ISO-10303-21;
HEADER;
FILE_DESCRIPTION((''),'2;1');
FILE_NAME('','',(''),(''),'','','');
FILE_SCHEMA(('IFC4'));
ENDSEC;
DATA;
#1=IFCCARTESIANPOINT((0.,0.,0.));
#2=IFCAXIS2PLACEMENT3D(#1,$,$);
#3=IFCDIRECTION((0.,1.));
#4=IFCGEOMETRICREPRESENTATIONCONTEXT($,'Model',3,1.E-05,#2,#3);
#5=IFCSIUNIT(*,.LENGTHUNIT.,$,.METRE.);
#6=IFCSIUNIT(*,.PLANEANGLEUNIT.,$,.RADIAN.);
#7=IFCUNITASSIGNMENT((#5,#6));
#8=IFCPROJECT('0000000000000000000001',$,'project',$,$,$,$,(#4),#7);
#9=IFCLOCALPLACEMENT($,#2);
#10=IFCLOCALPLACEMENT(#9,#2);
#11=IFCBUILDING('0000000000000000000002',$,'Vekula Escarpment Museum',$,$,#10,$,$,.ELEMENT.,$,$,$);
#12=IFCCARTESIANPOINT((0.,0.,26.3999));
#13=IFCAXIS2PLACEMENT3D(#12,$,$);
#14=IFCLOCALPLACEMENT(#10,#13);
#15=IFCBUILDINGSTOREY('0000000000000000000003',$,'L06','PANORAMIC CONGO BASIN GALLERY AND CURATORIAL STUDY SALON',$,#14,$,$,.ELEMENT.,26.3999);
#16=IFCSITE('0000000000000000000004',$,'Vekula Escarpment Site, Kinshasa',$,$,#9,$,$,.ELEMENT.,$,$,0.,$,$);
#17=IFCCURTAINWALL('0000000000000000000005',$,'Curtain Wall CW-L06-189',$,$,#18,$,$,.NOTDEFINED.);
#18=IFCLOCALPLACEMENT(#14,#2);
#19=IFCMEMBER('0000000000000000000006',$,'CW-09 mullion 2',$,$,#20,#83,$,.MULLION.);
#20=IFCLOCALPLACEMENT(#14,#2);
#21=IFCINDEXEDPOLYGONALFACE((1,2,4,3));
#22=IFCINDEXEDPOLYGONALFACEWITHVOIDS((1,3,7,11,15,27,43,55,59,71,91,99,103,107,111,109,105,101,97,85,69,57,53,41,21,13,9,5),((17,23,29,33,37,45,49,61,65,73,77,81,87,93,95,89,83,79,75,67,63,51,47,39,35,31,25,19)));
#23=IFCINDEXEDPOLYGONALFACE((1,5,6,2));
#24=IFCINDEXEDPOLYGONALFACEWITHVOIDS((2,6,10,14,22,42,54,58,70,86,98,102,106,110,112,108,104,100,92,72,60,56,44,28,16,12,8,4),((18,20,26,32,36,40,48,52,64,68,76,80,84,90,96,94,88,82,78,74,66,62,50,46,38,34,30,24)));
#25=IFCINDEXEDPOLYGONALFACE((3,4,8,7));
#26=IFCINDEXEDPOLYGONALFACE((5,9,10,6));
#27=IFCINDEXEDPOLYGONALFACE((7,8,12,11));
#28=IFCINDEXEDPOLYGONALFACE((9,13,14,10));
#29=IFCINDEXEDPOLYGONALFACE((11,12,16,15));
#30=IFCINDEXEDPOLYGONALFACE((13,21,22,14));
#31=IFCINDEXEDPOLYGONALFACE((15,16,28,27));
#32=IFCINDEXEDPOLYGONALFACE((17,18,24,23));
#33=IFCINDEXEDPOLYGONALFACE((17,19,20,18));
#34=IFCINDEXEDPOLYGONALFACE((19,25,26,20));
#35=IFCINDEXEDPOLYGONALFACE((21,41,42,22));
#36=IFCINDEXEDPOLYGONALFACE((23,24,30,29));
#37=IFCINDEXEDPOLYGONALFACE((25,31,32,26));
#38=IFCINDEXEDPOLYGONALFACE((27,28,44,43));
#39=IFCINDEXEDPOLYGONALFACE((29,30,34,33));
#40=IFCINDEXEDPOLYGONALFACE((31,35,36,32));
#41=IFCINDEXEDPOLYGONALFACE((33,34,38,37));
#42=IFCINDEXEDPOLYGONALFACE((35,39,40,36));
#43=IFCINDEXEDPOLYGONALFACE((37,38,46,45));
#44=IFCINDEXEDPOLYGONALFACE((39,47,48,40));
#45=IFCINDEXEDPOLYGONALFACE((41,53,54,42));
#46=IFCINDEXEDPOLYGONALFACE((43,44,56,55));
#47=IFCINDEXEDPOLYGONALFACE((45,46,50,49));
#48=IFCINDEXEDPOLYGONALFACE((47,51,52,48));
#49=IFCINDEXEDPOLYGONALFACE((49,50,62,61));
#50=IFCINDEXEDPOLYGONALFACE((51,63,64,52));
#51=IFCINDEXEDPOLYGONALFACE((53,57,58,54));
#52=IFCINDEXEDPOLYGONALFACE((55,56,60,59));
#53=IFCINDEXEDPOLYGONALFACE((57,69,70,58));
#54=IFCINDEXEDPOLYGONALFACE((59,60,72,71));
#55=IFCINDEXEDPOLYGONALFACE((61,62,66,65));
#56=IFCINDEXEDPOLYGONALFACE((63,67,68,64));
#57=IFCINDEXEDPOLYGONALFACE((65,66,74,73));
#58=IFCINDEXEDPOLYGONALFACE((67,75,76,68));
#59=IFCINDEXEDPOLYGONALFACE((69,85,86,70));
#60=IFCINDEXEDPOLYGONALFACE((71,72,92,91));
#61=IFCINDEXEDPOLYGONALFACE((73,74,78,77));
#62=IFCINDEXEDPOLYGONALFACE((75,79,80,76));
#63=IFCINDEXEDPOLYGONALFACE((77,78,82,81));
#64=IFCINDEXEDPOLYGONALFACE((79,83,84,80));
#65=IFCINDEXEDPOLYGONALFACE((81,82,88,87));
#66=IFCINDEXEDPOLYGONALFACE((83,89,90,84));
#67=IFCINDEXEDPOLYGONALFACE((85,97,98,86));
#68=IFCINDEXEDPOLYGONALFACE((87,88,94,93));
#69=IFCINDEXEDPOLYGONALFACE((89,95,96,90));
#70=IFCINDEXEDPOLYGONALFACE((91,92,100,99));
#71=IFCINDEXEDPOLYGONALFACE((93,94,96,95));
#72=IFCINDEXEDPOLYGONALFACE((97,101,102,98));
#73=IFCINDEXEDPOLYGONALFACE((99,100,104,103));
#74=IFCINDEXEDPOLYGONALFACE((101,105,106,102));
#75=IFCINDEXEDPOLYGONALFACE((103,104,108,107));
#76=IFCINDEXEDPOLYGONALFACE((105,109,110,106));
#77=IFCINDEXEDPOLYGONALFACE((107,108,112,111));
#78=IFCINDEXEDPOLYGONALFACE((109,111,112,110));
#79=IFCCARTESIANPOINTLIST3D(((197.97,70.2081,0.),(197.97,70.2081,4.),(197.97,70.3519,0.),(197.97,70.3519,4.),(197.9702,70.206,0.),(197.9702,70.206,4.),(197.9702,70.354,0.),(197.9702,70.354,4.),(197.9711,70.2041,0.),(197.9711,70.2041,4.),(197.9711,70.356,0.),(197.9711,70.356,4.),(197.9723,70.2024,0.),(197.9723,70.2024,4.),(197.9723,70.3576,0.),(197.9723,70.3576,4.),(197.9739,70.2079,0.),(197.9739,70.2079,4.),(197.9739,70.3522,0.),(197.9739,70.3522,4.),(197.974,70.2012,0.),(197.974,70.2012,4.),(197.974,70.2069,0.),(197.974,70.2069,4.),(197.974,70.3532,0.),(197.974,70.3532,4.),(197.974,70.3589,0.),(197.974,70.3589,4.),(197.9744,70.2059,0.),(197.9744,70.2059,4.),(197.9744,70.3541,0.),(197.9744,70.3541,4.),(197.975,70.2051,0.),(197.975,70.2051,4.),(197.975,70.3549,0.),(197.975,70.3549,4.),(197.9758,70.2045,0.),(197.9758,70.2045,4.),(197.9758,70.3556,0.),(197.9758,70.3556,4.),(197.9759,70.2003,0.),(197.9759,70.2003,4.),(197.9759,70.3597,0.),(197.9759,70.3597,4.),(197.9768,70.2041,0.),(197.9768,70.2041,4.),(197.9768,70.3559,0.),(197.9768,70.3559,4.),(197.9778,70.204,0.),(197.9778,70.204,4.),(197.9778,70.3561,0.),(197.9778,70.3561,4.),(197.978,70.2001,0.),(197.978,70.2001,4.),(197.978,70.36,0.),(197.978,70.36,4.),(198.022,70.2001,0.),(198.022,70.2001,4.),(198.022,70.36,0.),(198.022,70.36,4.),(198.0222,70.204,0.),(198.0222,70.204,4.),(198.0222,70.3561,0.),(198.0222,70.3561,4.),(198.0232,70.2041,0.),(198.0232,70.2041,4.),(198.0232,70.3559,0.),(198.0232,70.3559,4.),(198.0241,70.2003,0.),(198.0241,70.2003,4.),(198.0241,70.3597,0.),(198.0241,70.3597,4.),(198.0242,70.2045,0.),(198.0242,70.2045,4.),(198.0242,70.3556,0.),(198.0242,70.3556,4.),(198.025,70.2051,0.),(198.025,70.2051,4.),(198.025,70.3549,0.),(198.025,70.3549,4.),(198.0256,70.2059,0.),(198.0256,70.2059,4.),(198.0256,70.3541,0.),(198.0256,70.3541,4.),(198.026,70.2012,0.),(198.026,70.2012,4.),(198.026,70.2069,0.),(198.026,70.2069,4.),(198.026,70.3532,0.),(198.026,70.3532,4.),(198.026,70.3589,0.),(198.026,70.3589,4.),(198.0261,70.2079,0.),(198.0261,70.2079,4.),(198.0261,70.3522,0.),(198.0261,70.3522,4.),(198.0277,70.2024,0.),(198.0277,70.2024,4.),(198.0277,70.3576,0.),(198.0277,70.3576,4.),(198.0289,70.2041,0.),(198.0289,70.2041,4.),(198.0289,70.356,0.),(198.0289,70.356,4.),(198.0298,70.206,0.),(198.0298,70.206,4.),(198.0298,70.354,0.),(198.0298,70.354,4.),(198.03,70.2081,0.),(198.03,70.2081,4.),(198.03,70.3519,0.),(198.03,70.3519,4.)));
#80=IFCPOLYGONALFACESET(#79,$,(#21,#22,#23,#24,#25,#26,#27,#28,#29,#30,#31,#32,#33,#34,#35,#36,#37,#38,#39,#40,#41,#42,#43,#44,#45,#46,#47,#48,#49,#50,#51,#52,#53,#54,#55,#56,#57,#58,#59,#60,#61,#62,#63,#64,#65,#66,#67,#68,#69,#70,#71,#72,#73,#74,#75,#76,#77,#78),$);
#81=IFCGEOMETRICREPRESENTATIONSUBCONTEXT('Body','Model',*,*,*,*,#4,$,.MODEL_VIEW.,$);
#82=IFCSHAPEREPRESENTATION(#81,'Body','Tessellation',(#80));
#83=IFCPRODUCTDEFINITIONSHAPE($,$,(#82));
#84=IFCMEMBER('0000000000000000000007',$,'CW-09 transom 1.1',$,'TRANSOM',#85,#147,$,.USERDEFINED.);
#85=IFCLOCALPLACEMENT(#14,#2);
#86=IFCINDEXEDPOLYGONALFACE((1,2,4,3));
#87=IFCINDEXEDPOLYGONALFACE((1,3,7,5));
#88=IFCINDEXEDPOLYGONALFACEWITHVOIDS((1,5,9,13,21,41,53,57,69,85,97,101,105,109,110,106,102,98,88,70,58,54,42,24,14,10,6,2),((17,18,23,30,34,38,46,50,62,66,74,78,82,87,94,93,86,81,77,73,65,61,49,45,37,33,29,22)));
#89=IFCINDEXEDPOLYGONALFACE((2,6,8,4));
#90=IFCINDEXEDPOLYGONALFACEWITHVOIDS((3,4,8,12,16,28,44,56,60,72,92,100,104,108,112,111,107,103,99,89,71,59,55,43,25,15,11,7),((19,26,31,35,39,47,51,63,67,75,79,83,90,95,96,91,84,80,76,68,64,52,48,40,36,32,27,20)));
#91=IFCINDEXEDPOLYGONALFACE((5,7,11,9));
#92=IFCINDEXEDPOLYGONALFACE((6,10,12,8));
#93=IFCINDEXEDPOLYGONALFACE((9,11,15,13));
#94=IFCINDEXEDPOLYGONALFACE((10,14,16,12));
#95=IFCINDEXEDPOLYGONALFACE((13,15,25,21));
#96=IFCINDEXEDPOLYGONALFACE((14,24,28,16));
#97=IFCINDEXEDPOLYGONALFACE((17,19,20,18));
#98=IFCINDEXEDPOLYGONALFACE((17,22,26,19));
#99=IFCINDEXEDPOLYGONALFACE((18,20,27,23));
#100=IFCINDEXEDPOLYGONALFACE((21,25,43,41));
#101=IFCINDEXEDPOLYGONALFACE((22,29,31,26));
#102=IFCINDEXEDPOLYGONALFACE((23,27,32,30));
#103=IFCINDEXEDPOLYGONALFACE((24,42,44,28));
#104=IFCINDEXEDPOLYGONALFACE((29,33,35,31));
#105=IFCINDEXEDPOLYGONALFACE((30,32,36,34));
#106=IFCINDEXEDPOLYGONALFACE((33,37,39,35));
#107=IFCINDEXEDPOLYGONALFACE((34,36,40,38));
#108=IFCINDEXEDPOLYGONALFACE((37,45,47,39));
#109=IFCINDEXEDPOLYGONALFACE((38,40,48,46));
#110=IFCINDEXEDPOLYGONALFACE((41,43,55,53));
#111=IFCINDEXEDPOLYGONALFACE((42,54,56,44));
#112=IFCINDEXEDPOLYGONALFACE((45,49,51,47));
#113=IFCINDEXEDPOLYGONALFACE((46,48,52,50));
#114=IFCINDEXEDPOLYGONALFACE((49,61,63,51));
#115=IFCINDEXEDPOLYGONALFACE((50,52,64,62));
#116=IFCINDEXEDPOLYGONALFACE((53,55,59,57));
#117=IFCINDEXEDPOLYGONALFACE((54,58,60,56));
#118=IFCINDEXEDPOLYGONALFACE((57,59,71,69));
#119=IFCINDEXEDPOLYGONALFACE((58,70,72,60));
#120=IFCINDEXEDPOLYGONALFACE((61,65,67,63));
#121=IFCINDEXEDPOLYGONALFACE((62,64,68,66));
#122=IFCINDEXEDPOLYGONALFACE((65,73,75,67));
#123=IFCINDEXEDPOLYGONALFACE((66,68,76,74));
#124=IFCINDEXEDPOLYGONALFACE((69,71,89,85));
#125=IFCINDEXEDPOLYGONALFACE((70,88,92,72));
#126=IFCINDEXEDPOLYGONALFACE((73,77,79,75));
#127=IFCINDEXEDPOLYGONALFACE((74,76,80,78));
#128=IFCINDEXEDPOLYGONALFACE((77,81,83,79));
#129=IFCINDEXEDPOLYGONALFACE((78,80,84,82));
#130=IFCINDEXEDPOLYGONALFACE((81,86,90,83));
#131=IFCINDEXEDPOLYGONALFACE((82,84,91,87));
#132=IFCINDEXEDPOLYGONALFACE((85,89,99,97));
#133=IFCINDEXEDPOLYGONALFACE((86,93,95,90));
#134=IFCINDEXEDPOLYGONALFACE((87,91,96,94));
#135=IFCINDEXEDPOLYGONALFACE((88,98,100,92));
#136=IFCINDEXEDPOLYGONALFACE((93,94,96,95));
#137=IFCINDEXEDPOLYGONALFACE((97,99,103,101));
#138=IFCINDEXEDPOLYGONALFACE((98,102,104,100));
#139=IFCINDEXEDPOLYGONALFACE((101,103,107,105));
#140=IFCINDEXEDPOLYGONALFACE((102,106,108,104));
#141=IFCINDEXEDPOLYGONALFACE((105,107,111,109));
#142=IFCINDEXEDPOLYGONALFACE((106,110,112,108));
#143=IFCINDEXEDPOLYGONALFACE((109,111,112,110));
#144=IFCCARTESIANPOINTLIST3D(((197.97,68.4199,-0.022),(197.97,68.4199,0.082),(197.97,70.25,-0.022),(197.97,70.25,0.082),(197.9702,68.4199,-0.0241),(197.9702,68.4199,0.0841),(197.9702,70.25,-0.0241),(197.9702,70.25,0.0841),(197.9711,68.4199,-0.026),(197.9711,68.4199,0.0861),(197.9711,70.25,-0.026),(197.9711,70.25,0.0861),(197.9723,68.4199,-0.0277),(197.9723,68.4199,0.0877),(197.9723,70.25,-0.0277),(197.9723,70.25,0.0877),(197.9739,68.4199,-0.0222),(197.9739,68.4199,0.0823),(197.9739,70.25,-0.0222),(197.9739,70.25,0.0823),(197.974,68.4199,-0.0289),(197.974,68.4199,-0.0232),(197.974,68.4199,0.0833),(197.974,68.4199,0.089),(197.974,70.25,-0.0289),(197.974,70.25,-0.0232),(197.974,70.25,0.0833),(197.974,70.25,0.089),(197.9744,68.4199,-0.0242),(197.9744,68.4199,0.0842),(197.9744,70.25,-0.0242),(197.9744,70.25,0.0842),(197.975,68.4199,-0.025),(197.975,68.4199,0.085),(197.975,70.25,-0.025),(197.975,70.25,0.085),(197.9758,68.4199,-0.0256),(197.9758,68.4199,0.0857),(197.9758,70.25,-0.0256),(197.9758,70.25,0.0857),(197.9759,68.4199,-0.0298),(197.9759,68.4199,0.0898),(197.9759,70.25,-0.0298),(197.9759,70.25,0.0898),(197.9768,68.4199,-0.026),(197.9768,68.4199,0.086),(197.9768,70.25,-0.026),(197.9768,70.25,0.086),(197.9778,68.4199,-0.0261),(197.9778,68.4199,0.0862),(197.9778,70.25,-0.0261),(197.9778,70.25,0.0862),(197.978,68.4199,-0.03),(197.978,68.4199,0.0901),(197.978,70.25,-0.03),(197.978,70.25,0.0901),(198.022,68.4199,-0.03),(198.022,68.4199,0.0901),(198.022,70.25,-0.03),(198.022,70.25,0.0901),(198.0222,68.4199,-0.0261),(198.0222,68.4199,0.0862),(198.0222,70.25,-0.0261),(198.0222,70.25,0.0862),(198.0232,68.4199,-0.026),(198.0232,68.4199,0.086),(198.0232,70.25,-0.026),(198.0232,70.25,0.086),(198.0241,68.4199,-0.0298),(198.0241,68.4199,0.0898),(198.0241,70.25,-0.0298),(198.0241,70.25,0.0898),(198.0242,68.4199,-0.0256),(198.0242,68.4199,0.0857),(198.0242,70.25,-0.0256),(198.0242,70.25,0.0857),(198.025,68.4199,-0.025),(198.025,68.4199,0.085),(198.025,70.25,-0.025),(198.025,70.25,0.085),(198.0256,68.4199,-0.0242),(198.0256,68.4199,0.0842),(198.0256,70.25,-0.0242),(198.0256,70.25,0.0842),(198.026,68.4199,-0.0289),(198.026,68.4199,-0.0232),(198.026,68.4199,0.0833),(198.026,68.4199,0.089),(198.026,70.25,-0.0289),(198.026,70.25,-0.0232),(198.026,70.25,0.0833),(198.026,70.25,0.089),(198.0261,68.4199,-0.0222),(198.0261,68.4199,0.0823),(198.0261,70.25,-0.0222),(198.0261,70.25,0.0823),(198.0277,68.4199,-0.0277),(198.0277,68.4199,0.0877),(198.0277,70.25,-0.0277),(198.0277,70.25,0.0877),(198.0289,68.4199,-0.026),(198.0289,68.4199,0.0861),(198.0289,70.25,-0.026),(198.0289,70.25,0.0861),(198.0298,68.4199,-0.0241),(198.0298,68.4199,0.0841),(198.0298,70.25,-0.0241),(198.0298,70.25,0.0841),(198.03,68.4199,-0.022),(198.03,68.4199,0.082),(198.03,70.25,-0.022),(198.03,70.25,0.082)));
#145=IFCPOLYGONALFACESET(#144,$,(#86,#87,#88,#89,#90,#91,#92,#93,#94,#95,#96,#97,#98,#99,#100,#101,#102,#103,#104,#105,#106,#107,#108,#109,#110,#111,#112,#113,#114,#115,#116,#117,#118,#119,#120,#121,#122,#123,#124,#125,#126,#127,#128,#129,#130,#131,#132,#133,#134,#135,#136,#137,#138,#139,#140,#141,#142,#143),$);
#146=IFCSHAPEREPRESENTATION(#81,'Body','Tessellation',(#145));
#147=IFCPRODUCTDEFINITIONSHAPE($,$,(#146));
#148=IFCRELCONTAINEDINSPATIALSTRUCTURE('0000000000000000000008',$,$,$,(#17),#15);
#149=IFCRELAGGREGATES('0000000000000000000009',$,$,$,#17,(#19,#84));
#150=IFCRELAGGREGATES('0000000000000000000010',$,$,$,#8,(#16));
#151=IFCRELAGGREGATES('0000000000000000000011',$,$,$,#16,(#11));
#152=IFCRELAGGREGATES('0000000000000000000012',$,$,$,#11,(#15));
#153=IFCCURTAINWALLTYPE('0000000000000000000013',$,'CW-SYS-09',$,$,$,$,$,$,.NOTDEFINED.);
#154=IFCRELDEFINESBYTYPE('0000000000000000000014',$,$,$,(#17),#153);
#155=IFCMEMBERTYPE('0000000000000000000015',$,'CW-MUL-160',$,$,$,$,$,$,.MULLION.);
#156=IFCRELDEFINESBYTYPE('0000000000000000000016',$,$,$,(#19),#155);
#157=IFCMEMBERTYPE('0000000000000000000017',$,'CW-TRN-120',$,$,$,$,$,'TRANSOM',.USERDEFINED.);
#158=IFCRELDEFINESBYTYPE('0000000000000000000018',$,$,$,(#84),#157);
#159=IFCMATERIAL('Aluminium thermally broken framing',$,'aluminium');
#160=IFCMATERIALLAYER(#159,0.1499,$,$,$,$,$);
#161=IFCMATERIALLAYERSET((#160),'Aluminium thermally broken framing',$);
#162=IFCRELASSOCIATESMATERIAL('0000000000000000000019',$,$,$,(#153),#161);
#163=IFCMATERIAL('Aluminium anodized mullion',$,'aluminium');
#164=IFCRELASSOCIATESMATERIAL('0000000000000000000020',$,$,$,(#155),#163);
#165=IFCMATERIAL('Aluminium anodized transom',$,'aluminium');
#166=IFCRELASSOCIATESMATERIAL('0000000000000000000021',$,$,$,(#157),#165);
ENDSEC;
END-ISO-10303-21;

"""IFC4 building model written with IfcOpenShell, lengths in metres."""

from ifc_helpers import new_model, si_unit, direction, frame, origin, origin_2d, place, context, subcontext, project, spatial, hollow_rectangle, extrude, material, layer, layer_set, material_profile, profile_set, type_object, element, aggregate, save


model = new_model("IFC4")

# Units and contexts
model_context = context("Model", 3, precision=1e-05, world=origin(), true_north=direction((0.0, 1.0)))
body_context = subcontext(model_context, "Body", "Model", "MODEL_VIEW")
ifc_project = project(units=[si_unit("LENGTHUNIT", "METRE"), si_unit("PLANEANGLEUNIT", "RADIAN")], contexts=[model_context])

# Site, building, storey
site_placement = place(None, origin())
site = spatial("IfcSite", under=ifc_project, at=site_placement, Name="Vekula Escarpment Site, Kinshasa", CompositionType="ELEMENT", RefElevation=0.0)
building_placement = place(site_placement, origin())
building = spatial("IfcBuilding", under=site, at=building_placement, Name="Vekula Escarpment Museum", CompositionType="ELEMENT")
storey_placement = place(building_placement, frame((0.0, 0.0, 26.3999)))
storey = spatial("IfcBuildingStorey", under=building, at=storey_placement, Name="L06", Description="PANORAMIC CONGO BASIN GALLERY AND CURATORIAL STUDY SALON", CompositionType="ELEMENT", Elevation=26.3999)

# Curtain wall, members
ifc_material_1 = material(Name="Aluminium thermally broken framing", Category="aluminium")
ifc_layer_1 = layer(ifc_material_1, 0.1499)
ifc_layer_set_1 = layer_set([ifc_layer_1], Name="Aluminium thermally broken framing")
curtain_wall_type = type_object("IfcCurtainWallType", Name="CW-SYS-09", PredefinedType="NOTDEFINED", material=ifc_layer_set_1)
curtain_wall_placement = place(storey_placement, origin())
curtain_wall = element("IfcCurtainWall", 1, at=curtain_wall_placement, inside=storey, type_object=curtain_wall_type, Name="Curtain Wall CW-L06-189", PredefinedType="NOTDEFINED")
ifc_material_2 = material(Name="Aluminium anodized mullion", Category="aluminium")
ifc_material_profile_1 = material_profile(ifc_material_2, hollow_rectangle(XDim=0.0601, YDim=0.1599, WallThickness=0.0039, InnerFilletRadius=0.0039, OuterFilletRadius=0.0081, at=origin_2d()), Name="ALU 160x60x4")
ifc_profile_set_1 = profile_set([ifc_material_profile_1], Name="Aluminium anodized mullion")
member_type_1 = type_object("IfcMemberType", Name="CW-MUL-160", PredefinedType="MULLION", material=ifc_profile_set_1)
member_1_placement = place(storey_placement, frame((198.0, 70.28, 0.0), z_axis=(0.0, 0.0, 1.0), x_axis=(-1.0, 0.0, 0.0)))
member_1 = element("IfcMember", 2, at=member_1_placement, type_object=member_type_1, Name="CW-09 mullion 2", PredefinedType="MULLION", context=body_context, shape_type="SweptSolid", body=[
    extrude(hollow_rectangle(XDim=0.0601, YDim=0.1599, WallThickness=0.0039, InnerFilletRadius=0.0039, OuterFilletRadius=0.0081, at=origin_2d()), origin(), (0.0, 0.0, 1.0), 4.0),
])
ifc_material_3 = material(Name="Aluminium anodized transom", Category="aluminium")
ifc_material_profile_2 = material_profile(ifc_material_3, hollow_rectangle(XDim=0.0601, YDim=0.1201, WallThickness=0.0039, InnerFilletRadius=0.0039, OuterFilletRadius=0.0081, at=origin_2d()), Name="ALU 120x60x4")
ifc_profile_set_2 = profile_set([ifc_material_profile_2], Name="Aluminium anodized transom")
member_type_2 = type_object("IfcMemberType", Name="CW-TRN-120", ElementType="TRANSOM", PredefinedType="USERDEFINED", material=ifc_profile_set_2)
member_2_placement = place(storey_placement, frame((198.0, 68.4199, 0.03), z_axis=(0.0, 1.0, 0.0), x_axis=(-1.0, 0.0, 0.0)))
member_2 = element("IfcMember", 3, at=member_2_placement, type_object=member_type_2, Name="CW-09 transom 1.1", ObjectType="TRANSOM", PredefinedType="USERDEFINED", context=body_context, shape_type="SweptSolid", body=[
    extrude(hollow_rectangle(XDim=0.0601, YDim=0.1201, WallThickness=0.0039, InnerFilletRadius=0.0039, OuterFilletRadius=0.0081, at=origin_2d()), origin(), (0.0, 0.0, 1.0), 1.8301),
])

aggregate(curtain_wall, [member_1, member_2])

save(model, "model.ifc")
